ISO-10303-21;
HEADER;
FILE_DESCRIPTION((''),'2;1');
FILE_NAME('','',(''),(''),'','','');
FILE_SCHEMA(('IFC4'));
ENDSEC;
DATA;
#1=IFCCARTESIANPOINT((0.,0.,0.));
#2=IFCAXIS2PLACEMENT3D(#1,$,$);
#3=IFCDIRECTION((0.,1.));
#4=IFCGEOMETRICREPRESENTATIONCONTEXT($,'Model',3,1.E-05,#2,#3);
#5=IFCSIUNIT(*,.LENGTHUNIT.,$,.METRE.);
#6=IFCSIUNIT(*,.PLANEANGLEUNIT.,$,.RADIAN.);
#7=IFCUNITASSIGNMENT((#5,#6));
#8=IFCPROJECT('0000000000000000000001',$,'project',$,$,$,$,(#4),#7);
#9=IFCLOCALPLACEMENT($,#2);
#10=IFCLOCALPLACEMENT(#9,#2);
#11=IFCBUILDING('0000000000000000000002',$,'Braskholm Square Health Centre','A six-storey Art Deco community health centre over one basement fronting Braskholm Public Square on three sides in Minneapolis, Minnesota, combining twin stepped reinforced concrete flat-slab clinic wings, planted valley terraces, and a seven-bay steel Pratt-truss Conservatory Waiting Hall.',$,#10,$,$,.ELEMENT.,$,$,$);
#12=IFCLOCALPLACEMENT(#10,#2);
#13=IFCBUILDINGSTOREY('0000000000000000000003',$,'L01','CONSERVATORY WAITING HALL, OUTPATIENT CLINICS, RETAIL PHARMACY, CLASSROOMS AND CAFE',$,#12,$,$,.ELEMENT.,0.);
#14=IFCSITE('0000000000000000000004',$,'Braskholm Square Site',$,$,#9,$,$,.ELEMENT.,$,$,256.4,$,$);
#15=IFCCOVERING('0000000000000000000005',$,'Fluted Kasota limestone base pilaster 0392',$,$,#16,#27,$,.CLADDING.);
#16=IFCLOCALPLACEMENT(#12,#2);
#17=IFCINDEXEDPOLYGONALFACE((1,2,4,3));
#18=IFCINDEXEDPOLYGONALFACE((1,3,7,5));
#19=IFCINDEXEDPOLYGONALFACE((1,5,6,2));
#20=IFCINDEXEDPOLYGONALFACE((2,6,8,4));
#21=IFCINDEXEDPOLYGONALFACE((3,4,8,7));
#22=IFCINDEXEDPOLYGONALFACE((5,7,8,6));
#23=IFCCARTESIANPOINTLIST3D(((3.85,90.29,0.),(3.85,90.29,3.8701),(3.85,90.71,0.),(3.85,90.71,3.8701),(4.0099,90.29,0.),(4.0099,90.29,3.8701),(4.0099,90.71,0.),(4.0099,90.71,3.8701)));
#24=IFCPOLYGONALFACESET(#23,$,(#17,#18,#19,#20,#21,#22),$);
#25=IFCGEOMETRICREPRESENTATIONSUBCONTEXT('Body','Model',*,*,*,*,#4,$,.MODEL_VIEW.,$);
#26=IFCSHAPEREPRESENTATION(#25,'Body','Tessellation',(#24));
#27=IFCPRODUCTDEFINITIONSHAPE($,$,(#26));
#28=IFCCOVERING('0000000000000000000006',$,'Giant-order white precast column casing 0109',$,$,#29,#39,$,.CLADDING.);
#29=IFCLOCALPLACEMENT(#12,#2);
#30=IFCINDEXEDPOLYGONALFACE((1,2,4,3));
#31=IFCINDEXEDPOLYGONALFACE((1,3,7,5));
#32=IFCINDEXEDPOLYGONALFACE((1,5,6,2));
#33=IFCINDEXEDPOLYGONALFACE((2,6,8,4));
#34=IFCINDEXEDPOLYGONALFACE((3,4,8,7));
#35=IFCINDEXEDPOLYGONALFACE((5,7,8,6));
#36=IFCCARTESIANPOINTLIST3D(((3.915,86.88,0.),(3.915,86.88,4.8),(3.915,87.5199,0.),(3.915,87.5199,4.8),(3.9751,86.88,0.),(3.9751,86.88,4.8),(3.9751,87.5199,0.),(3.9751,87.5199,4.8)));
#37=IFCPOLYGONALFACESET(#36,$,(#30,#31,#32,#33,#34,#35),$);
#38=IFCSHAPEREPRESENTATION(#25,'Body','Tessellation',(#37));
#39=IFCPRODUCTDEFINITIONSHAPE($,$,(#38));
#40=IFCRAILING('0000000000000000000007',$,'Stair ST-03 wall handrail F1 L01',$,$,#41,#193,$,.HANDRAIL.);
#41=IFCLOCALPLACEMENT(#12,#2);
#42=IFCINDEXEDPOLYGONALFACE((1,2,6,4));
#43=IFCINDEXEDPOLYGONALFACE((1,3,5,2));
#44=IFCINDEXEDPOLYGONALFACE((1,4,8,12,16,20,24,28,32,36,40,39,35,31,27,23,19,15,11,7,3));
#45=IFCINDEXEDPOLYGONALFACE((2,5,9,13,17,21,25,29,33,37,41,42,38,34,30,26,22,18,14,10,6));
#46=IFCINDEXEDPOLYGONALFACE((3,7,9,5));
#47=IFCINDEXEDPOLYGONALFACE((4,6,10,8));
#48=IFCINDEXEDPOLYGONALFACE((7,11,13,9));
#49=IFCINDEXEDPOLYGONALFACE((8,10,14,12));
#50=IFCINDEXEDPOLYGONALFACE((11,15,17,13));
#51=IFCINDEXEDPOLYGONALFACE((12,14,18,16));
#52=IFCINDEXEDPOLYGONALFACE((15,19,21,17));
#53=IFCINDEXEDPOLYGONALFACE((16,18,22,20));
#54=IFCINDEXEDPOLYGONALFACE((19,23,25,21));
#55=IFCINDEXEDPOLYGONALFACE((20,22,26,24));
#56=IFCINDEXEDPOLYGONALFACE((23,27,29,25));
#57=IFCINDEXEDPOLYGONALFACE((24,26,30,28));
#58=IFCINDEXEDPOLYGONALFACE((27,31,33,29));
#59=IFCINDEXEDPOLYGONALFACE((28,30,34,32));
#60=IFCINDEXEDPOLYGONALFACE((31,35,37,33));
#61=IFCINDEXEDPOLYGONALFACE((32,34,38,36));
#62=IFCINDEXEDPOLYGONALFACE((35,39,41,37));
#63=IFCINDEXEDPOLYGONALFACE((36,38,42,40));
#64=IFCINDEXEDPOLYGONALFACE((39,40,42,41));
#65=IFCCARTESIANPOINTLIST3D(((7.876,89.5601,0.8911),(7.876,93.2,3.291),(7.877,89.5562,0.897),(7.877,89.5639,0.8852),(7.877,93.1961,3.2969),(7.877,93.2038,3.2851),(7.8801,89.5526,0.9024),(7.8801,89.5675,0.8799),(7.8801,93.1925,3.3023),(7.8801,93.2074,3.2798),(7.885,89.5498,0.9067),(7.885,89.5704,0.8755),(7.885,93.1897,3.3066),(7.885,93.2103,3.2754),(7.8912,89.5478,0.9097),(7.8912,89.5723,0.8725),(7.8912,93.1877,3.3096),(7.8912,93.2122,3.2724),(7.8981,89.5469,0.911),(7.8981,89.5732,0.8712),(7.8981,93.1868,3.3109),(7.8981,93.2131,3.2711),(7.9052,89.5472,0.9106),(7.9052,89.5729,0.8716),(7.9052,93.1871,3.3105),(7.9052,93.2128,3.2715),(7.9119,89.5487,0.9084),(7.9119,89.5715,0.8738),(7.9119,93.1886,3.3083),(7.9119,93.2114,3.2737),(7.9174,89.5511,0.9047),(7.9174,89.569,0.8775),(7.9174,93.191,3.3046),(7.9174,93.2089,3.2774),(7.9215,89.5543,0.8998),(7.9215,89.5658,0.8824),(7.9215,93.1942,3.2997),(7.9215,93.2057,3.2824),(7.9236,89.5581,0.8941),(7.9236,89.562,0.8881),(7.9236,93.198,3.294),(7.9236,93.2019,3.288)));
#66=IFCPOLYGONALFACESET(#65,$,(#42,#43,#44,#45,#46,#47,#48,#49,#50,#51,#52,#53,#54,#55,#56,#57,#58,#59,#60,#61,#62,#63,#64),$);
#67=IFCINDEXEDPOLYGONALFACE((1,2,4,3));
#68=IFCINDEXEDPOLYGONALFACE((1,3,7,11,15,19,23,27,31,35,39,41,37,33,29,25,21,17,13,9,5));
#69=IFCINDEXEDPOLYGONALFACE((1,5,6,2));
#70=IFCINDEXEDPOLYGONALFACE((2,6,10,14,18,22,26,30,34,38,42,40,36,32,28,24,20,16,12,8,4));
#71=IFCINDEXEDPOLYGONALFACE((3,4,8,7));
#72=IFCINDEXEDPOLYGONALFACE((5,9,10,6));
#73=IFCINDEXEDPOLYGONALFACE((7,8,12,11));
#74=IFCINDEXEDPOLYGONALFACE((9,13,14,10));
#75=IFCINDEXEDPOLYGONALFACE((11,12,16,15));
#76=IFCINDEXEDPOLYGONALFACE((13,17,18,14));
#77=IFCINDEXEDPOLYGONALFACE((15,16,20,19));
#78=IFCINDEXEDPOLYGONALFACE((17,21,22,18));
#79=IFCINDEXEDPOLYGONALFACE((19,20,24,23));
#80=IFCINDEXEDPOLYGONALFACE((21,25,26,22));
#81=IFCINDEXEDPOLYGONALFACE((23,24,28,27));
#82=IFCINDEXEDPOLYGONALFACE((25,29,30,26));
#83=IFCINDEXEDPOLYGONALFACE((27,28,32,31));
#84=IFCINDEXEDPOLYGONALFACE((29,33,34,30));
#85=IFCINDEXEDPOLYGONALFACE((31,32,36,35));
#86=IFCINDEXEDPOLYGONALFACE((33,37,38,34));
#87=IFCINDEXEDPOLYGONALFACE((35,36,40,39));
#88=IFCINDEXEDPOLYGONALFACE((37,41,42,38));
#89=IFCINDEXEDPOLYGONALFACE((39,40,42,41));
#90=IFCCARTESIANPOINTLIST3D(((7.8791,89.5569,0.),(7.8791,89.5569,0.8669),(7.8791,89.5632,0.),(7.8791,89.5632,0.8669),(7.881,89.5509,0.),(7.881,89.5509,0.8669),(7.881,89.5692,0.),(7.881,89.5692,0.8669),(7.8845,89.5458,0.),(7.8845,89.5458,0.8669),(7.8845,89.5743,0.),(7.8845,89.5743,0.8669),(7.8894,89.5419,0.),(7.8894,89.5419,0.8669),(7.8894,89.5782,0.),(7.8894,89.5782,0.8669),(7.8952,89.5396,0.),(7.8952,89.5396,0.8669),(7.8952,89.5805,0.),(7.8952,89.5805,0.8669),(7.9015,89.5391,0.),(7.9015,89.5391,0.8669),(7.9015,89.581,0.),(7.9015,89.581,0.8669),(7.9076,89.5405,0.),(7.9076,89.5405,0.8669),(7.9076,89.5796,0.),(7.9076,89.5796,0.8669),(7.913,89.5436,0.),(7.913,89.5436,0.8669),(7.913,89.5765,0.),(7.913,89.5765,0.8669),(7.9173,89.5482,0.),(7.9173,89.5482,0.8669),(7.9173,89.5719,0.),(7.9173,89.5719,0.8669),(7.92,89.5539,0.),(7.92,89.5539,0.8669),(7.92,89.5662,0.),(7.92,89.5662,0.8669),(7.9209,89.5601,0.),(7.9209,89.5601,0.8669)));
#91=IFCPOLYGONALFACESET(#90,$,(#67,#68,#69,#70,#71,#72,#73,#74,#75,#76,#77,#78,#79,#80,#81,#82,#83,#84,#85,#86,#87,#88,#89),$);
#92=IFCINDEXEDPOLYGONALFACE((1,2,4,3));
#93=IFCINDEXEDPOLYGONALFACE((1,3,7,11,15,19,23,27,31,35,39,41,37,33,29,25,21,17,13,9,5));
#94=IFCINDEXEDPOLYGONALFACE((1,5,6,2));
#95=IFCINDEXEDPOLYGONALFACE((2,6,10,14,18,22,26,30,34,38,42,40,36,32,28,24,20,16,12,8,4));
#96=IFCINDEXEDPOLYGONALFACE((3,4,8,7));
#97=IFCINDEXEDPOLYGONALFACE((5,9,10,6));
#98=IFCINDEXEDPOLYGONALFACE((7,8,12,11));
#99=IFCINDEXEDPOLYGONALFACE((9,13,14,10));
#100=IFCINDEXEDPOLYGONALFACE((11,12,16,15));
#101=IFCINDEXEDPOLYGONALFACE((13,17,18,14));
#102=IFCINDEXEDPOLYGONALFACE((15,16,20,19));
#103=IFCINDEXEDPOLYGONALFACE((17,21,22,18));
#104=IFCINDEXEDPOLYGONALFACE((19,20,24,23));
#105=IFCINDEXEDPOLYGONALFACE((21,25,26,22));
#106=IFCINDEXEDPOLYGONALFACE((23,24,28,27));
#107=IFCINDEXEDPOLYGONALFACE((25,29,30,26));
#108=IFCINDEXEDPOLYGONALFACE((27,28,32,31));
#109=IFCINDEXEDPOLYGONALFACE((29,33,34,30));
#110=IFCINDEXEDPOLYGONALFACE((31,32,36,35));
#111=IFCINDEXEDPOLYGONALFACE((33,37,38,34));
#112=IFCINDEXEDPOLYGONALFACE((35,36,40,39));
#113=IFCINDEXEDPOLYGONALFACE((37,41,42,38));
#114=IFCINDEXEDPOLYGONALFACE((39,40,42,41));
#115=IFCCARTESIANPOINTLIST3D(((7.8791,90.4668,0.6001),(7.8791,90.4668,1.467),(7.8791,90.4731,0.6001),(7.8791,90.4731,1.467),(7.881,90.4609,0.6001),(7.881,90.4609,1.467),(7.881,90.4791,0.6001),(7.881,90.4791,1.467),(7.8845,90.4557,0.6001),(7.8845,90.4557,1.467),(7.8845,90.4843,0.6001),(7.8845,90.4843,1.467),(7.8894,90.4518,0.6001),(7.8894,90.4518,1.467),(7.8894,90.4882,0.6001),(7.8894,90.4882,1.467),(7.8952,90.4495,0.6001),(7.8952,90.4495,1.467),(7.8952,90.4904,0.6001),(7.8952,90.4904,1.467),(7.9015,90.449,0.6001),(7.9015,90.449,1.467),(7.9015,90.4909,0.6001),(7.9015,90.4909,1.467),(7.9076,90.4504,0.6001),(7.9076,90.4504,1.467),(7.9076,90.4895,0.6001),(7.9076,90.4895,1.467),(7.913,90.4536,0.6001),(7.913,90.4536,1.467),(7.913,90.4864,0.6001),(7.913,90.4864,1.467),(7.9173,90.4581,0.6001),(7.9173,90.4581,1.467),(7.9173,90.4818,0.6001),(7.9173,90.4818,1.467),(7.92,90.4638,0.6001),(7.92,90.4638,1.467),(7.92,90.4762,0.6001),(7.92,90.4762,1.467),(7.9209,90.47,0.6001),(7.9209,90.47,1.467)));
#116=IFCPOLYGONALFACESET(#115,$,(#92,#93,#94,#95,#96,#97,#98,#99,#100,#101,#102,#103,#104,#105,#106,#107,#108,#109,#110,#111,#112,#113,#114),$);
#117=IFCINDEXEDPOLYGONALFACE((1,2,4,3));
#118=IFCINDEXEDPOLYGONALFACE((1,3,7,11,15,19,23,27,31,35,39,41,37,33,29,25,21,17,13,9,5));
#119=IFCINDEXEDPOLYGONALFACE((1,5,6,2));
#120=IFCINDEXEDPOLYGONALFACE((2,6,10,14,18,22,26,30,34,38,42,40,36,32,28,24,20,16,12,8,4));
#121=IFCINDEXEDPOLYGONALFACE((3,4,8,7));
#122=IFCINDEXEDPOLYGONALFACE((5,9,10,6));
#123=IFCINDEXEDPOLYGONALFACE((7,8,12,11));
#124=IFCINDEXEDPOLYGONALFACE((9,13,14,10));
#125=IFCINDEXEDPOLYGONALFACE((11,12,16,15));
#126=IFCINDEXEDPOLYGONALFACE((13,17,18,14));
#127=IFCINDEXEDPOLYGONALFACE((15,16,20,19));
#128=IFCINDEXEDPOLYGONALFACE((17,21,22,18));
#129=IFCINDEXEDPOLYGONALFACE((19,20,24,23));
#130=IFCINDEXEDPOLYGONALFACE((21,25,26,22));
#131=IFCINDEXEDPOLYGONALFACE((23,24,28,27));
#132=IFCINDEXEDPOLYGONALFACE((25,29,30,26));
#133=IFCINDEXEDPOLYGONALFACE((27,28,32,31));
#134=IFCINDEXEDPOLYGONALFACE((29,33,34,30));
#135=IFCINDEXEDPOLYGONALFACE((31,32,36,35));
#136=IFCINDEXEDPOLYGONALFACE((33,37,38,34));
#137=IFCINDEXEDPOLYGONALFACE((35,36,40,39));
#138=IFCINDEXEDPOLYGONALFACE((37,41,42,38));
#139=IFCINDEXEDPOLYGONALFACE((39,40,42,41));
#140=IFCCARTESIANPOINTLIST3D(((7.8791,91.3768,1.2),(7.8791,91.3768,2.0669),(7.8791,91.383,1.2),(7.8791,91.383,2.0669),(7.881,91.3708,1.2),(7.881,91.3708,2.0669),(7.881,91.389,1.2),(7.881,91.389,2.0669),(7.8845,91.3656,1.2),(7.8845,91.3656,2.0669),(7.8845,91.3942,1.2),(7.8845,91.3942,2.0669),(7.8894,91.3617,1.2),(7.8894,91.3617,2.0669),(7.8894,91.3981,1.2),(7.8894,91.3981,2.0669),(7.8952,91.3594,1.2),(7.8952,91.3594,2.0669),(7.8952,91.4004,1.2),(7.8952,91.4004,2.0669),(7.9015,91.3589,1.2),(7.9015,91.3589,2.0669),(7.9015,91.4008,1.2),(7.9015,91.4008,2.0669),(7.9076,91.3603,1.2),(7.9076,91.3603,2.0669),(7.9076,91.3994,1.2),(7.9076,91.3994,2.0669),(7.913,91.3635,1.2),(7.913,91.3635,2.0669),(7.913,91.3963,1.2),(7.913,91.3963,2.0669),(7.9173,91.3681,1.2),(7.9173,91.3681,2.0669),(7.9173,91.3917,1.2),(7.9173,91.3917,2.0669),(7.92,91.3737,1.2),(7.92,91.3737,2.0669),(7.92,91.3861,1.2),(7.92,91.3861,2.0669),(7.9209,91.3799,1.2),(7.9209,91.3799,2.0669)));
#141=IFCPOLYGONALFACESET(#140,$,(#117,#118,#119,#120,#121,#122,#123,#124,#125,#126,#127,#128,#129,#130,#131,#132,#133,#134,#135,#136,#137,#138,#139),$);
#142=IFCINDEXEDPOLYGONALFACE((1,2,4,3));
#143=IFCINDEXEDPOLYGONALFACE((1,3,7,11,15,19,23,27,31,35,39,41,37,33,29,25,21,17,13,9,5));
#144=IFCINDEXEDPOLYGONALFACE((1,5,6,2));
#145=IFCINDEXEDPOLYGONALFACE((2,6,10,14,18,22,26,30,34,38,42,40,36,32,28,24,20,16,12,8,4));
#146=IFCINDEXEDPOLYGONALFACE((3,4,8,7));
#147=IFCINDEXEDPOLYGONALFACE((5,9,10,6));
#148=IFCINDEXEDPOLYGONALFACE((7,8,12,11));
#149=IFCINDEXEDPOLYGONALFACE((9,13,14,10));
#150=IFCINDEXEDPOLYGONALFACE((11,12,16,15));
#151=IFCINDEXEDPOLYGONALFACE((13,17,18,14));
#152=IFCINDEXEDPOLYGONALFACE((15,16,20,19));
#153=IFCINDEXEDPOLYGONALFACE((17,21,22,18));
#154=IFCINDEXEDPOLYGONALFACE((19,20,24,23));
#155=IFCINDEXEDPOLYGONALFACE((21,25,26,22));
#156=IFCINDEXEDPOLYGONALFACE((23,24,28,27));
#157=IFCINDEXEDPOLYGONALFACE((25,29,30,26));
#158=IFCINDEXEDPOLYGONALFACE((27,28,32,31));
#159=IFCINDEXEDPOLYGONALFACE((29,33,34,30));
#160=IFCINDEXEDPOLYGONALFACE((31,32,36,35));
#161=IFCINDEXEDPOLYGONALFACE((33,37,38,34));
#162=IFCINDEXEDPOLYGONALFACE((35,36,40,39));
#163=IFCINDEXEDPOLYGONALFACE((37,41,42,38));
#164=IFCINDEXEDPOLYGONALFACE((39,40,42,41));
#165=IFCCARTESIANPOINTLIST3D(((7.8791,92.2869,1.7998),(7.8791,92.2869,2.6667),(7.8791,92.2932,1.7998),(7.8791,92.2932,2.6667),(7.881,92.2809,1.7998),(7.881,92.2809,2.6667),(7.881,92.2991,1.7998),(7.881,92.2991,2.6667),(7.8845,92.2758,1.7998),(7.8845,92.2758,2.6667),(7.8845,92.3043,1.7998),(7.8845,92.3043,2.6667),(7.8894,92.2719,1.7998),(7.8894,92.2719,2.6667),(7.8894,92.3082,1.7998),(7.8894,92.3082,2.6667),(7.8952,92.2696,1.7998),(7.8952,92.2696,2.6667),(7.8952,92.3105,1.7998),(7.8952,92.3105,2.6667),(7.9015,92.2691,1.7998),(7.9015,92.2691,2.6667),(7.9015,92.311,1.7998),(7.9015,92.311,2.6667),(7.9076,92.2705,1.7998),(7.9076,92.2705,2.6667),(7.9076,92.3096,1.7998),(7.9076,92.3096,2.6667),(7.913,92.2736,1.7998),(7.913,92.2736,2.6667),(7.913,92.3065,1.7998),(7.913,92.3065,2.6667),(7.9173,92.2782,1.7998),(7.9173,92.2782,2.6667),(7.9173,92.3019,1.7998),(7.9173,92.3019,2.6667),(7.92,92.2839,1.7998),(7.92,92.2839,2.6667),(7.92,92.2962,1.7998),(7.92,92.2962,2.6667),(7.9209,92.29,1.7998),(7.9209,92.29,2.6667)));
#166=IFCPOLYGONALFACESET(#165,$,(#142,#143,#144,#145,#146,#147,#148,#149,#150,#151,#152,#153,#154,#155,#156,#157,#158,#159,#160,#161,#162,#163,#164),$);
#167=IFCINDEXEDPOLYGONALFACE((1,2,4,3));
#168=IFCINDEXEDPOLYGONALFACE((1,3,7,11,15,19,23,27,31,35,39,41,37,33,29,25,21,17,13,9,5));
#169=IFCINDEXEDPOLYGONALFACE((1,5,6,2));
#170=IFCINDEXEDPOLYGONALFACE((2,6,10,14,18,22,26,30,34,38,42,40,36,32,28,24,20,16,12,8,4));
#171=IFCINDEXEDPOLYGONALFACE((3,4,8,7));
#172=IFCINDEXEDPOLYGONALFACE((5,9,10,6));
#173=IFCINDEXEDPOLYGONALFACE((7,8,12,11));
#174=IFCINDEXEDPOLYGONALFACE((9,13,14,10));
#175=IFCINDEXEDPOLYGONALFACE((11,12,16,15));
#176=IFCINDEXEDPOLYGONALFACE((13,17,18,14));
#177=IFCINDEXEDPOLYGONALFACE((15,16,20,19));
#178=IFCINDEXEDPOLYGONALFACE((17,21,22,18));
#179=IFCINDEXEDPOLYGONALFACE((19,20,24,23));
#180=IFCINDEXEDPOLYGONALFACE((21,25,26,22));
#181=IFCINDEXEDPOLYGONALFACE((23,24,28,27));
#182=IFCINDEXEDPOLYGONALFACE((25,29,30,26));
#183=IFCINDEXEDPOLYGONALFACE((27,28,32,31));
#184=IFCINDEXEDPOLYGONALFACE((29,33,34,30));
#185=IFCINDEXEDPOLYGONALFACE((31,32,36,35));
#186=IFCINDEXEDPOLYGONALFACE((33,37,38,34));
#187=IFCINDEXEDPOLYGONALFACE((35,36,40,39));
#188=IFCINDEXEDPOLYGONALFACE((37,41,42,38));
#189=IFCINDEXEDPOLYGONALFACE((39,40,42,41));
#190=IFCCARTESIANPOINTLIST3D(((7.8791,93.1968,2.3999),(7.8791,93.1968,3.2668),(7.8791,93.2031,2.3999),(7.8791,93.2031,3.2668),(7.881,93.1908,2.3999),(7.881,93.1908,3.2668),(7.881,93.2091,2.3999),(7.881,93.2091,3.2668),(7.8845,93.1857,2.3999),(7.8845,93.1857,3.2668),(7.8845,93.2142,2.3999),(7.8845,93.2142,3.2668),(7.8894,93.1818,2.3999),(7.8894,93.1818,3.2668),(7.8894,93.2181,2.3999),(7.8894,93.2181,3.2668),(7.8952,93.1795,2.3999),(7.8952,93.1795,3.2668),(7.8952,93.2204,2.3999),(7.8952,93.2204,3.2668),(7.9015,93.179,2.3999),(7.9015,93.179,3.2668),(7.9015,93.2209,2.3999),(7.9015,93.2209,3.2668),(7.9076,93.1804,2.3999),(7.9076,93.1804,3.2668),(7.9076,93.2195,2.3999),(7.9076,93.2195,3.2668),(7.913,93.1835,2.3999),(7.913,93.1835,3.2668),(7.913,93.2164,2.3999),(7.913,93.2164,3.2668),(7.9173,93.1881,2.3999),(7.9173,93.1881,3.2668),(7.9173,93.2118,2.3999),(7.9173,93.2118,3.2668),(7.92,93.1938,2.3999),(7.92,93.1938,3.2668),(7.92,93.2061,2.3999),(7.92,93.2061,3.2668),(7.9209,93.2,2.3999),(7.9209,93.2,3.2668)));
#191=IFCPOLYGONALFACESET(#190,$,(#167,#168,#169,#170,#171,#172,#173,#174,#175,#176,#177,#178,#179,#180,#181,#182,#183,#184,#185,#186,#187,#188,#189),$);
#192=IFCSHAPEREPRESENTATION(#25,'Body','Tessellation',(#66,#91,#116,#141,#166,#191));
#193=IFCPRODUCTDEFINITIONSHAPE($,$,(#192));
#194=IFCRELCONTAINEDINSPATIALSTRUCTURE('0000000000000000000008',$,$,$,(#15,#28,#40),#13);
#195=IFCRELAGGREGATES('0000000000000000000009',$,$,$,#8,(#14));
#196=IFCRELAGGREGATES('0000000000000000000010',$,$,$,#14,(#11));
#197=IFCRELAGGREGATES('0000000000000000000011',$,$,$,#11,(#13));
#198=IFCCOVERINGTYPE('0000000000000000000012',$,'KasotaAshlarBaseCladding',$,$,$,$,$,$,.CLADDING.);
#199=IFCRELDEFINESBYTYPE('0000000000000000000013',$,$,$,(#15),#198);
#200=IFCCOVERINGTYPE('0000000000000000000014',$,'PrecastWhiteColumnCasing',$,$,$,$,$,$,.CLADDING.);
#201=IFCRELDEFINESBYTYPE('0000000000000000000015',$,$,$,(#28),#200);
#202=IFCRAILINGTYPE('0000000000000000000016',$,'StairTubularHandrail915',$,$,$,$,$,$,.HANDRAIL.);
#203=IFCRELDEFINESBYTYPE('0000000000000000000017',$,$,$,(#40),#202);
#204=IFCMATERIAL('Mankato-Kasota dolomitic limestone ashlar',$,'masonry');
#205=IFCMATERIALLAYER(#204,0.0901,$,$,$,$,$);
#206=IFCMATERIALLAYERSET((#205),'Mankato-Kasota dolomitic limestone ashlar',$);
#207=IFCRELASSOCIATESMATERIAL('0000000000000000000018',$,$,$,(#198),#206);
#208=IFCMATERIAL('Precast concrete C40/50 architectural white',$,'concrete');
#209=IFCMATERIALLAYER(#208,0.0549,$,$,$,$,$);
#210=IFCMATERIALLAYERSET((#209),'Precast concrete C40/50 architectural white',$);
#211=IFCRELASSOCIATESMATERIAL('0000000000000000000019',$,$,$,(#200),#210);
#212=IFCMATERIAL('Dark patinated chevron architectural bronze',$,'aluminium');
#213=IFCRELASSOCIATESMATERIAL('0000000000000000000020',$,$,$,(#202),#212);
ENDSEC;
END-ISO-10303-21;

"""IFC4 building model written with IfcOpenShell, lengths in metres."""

from ifc_helpers import new_model, si_unit, direction, frame, origin, origin_2d, place, context, subcontext, project, spatial, rectangle, circle, extrude, material, layer, layer_set, type_object, element, save


model = new_model("IFC4")

# Units and contexts
model_context = context("Model", 3, precision=1e-05, world=origin(), true_north=direction((0.0, 1.0)))
body_context = subcontext(model_context, "Body", "Model", "MODEL_VIEW")
ifc_project = project(units=[si_unit("LENGTHUNIT", "METRE"), si_unit("PLANEANGLEUNIT", "RADIAN")], contexts=[model_context])

# Site, building, storey
site_placement = place(None, origin())
site = spatial("IfcSite", under=ifc_project, at=site_placement, Name="Braskholm Square Site", CompositionType="ELEMENT", RefElevation=256.4)
building_placement = place(site_placement, origin())
building = spatial("IfcBuilding", under=site, at=building_placement, Name="Braskholm Square Health Centre", Description="A six-storey Art Deco community health centre over one basement fronting Braskholm Public Square on three sides in Minneapolis, Minnesota, combining twin stepped reinforced concrete flat-slab clinic wings, planted valley terraces, and a seven-bay steel Pratt-truss Conservatory Waiting Hall.", CompositionType="ELEMENT")
storey_placement = place(building_placement, origin())
storey = spatial("IfcBuildingStorey", under=building, at=storey_placement, Name="L01", Description="CONSERVATORY WAITING HALL, OUTPATIENT CLINICS, RETAIL PHARMACY, CLASSROOMS AND CAFE", CompositionType="ELEMENT", Elevation=0.0)

# Shared definitions
ifc_material_1 = material(Name="Precast concrete C40/50 architectural white", Category="concrete")

# Shared definitions
ifc_material_2 = material(Name="Mankato-Kasota dolomitic limestone ashlar", Category="masonry")

# Shared definitions
ifc_material_3 = material(Name="Dark patinated chevron architectural bronze", Category="aluminium")

# Coverings
ifc_layer_1 = layer(ifc_material_2, 0.0901)
ifc_layer_set_1 = layer_set([ifc_layer_1], Name="Mankato-Kasota dolomitic limestone ashlar")
covering_type_1 = type_object("IfcCoveringType", Name="KasotaAshlarBaseCladding", PredefinedType="CLADDING", material=ifc_layer_set_1)
covering_1_placement = place(storey_placement, frame((3.9299, 90.5, 0.0), z_axis=(0.0, 0.0, 1.0), x_axis=(1.0, 0.0, 0.0)))
element("IfcCovering", 1, at=covering_1_placement, inside=storey, type_object=covering_type_1, Name="Fluted Kasota limestone base pilaster 0392", PredefinedType="CLADDING", context=body_context, shape_type="SweptSolid", body=[
    extrude(rectangle(XDim=0.1599, YDim=0.4199, at=origin_2d()), origin(), (0.0, 0.0, 1.0), 3.8701),
])
ifc_layer_2 = layer(ifc_material_1, 0.0549)
ifc_layer_set_2 = layer_set([ifc_layer_2], Name="Precast concrete C40/50 architectural white")
covering_type_2 = type_object("IfcCoveringType", Name="PrecastWhiteColumnCasing", PredefinedType="CLADDING", material=ifc_layer_set_2)
covering_2_placement = place(storey_placement, frame((3.9451, 87.2, 0.0), z_axis=(0.0, 0.0, 1.0), x_axis=(1.0, 0.0, 0.0)))
element("IfcCovering", 2, at=covering_2_placement, inside=storey, type_object=covering_type_2, Name="Giant-order white precast column casing 0109", PredefinedType="CLADDING", context=body_context, shape_type="SweptSolid", body=[
    extrude(rectangle(XDim=0.0601, YDim=0.6399, at=origin_2d()), origin(), (0.0, 0.0, 1.0), 4.8),
])

# Railing
railing_type_1 = type_object("IfcRailingType", Name="StairTubularHandrail915", PredefinedType="HANDRAIL", material=ifc_material_3)
railing_1_placement = place(storey_placement, frame((7.8999, 89.5601, 0.0)))
element("IfcRailing", 3, at=railing_1_placement, inside=storey, type_object=railing_type_1, Name="Stair ST-03 wall handrail F1 L01", PredefinedType="HANDRAIL", context=body_context, shape_type="SweptSolid", body=[
    extrude(circle(Radius=0.0239, at=origin_2d()), frame((0.0, 0.0, 0.8911), z_axis=(0.0, 0.834865, 0.550454), x_axis=(-1.0, 0.0, 0.0)), (0.0, 0.0, 1.0), 4.3599),
    extrude(circle(Radius=0.021, at=origin_2d()), origin(), (0.0, 0.0, 1.0), 0.8669),
    extrude(circle(Radius=0.021, at=origin_2d()), frame((0.0, 0.9099, 0.6001)), (0.0, 0.0, 1.0), 0.8669),
    extrude(circle(Radius=0.021, at=origin_2d()), frame((0.0, 1.8198, 1.2)), (0.0, 0.0, 1.0), 0.8669),
    extrude(circle(Radius=0.021, at=origin_2d()), frame((0.0, 2.73, 1.7998)), (0.0, 0.0, 1.0), 0.8669),
    extrude(circle(Radius=0.021, at=origin_2d()), frame((0.0, 3.6399, 2.3999)), (0.0, 0.0, 1.0), 0.8669),
])

save(model, "model.ifc")
